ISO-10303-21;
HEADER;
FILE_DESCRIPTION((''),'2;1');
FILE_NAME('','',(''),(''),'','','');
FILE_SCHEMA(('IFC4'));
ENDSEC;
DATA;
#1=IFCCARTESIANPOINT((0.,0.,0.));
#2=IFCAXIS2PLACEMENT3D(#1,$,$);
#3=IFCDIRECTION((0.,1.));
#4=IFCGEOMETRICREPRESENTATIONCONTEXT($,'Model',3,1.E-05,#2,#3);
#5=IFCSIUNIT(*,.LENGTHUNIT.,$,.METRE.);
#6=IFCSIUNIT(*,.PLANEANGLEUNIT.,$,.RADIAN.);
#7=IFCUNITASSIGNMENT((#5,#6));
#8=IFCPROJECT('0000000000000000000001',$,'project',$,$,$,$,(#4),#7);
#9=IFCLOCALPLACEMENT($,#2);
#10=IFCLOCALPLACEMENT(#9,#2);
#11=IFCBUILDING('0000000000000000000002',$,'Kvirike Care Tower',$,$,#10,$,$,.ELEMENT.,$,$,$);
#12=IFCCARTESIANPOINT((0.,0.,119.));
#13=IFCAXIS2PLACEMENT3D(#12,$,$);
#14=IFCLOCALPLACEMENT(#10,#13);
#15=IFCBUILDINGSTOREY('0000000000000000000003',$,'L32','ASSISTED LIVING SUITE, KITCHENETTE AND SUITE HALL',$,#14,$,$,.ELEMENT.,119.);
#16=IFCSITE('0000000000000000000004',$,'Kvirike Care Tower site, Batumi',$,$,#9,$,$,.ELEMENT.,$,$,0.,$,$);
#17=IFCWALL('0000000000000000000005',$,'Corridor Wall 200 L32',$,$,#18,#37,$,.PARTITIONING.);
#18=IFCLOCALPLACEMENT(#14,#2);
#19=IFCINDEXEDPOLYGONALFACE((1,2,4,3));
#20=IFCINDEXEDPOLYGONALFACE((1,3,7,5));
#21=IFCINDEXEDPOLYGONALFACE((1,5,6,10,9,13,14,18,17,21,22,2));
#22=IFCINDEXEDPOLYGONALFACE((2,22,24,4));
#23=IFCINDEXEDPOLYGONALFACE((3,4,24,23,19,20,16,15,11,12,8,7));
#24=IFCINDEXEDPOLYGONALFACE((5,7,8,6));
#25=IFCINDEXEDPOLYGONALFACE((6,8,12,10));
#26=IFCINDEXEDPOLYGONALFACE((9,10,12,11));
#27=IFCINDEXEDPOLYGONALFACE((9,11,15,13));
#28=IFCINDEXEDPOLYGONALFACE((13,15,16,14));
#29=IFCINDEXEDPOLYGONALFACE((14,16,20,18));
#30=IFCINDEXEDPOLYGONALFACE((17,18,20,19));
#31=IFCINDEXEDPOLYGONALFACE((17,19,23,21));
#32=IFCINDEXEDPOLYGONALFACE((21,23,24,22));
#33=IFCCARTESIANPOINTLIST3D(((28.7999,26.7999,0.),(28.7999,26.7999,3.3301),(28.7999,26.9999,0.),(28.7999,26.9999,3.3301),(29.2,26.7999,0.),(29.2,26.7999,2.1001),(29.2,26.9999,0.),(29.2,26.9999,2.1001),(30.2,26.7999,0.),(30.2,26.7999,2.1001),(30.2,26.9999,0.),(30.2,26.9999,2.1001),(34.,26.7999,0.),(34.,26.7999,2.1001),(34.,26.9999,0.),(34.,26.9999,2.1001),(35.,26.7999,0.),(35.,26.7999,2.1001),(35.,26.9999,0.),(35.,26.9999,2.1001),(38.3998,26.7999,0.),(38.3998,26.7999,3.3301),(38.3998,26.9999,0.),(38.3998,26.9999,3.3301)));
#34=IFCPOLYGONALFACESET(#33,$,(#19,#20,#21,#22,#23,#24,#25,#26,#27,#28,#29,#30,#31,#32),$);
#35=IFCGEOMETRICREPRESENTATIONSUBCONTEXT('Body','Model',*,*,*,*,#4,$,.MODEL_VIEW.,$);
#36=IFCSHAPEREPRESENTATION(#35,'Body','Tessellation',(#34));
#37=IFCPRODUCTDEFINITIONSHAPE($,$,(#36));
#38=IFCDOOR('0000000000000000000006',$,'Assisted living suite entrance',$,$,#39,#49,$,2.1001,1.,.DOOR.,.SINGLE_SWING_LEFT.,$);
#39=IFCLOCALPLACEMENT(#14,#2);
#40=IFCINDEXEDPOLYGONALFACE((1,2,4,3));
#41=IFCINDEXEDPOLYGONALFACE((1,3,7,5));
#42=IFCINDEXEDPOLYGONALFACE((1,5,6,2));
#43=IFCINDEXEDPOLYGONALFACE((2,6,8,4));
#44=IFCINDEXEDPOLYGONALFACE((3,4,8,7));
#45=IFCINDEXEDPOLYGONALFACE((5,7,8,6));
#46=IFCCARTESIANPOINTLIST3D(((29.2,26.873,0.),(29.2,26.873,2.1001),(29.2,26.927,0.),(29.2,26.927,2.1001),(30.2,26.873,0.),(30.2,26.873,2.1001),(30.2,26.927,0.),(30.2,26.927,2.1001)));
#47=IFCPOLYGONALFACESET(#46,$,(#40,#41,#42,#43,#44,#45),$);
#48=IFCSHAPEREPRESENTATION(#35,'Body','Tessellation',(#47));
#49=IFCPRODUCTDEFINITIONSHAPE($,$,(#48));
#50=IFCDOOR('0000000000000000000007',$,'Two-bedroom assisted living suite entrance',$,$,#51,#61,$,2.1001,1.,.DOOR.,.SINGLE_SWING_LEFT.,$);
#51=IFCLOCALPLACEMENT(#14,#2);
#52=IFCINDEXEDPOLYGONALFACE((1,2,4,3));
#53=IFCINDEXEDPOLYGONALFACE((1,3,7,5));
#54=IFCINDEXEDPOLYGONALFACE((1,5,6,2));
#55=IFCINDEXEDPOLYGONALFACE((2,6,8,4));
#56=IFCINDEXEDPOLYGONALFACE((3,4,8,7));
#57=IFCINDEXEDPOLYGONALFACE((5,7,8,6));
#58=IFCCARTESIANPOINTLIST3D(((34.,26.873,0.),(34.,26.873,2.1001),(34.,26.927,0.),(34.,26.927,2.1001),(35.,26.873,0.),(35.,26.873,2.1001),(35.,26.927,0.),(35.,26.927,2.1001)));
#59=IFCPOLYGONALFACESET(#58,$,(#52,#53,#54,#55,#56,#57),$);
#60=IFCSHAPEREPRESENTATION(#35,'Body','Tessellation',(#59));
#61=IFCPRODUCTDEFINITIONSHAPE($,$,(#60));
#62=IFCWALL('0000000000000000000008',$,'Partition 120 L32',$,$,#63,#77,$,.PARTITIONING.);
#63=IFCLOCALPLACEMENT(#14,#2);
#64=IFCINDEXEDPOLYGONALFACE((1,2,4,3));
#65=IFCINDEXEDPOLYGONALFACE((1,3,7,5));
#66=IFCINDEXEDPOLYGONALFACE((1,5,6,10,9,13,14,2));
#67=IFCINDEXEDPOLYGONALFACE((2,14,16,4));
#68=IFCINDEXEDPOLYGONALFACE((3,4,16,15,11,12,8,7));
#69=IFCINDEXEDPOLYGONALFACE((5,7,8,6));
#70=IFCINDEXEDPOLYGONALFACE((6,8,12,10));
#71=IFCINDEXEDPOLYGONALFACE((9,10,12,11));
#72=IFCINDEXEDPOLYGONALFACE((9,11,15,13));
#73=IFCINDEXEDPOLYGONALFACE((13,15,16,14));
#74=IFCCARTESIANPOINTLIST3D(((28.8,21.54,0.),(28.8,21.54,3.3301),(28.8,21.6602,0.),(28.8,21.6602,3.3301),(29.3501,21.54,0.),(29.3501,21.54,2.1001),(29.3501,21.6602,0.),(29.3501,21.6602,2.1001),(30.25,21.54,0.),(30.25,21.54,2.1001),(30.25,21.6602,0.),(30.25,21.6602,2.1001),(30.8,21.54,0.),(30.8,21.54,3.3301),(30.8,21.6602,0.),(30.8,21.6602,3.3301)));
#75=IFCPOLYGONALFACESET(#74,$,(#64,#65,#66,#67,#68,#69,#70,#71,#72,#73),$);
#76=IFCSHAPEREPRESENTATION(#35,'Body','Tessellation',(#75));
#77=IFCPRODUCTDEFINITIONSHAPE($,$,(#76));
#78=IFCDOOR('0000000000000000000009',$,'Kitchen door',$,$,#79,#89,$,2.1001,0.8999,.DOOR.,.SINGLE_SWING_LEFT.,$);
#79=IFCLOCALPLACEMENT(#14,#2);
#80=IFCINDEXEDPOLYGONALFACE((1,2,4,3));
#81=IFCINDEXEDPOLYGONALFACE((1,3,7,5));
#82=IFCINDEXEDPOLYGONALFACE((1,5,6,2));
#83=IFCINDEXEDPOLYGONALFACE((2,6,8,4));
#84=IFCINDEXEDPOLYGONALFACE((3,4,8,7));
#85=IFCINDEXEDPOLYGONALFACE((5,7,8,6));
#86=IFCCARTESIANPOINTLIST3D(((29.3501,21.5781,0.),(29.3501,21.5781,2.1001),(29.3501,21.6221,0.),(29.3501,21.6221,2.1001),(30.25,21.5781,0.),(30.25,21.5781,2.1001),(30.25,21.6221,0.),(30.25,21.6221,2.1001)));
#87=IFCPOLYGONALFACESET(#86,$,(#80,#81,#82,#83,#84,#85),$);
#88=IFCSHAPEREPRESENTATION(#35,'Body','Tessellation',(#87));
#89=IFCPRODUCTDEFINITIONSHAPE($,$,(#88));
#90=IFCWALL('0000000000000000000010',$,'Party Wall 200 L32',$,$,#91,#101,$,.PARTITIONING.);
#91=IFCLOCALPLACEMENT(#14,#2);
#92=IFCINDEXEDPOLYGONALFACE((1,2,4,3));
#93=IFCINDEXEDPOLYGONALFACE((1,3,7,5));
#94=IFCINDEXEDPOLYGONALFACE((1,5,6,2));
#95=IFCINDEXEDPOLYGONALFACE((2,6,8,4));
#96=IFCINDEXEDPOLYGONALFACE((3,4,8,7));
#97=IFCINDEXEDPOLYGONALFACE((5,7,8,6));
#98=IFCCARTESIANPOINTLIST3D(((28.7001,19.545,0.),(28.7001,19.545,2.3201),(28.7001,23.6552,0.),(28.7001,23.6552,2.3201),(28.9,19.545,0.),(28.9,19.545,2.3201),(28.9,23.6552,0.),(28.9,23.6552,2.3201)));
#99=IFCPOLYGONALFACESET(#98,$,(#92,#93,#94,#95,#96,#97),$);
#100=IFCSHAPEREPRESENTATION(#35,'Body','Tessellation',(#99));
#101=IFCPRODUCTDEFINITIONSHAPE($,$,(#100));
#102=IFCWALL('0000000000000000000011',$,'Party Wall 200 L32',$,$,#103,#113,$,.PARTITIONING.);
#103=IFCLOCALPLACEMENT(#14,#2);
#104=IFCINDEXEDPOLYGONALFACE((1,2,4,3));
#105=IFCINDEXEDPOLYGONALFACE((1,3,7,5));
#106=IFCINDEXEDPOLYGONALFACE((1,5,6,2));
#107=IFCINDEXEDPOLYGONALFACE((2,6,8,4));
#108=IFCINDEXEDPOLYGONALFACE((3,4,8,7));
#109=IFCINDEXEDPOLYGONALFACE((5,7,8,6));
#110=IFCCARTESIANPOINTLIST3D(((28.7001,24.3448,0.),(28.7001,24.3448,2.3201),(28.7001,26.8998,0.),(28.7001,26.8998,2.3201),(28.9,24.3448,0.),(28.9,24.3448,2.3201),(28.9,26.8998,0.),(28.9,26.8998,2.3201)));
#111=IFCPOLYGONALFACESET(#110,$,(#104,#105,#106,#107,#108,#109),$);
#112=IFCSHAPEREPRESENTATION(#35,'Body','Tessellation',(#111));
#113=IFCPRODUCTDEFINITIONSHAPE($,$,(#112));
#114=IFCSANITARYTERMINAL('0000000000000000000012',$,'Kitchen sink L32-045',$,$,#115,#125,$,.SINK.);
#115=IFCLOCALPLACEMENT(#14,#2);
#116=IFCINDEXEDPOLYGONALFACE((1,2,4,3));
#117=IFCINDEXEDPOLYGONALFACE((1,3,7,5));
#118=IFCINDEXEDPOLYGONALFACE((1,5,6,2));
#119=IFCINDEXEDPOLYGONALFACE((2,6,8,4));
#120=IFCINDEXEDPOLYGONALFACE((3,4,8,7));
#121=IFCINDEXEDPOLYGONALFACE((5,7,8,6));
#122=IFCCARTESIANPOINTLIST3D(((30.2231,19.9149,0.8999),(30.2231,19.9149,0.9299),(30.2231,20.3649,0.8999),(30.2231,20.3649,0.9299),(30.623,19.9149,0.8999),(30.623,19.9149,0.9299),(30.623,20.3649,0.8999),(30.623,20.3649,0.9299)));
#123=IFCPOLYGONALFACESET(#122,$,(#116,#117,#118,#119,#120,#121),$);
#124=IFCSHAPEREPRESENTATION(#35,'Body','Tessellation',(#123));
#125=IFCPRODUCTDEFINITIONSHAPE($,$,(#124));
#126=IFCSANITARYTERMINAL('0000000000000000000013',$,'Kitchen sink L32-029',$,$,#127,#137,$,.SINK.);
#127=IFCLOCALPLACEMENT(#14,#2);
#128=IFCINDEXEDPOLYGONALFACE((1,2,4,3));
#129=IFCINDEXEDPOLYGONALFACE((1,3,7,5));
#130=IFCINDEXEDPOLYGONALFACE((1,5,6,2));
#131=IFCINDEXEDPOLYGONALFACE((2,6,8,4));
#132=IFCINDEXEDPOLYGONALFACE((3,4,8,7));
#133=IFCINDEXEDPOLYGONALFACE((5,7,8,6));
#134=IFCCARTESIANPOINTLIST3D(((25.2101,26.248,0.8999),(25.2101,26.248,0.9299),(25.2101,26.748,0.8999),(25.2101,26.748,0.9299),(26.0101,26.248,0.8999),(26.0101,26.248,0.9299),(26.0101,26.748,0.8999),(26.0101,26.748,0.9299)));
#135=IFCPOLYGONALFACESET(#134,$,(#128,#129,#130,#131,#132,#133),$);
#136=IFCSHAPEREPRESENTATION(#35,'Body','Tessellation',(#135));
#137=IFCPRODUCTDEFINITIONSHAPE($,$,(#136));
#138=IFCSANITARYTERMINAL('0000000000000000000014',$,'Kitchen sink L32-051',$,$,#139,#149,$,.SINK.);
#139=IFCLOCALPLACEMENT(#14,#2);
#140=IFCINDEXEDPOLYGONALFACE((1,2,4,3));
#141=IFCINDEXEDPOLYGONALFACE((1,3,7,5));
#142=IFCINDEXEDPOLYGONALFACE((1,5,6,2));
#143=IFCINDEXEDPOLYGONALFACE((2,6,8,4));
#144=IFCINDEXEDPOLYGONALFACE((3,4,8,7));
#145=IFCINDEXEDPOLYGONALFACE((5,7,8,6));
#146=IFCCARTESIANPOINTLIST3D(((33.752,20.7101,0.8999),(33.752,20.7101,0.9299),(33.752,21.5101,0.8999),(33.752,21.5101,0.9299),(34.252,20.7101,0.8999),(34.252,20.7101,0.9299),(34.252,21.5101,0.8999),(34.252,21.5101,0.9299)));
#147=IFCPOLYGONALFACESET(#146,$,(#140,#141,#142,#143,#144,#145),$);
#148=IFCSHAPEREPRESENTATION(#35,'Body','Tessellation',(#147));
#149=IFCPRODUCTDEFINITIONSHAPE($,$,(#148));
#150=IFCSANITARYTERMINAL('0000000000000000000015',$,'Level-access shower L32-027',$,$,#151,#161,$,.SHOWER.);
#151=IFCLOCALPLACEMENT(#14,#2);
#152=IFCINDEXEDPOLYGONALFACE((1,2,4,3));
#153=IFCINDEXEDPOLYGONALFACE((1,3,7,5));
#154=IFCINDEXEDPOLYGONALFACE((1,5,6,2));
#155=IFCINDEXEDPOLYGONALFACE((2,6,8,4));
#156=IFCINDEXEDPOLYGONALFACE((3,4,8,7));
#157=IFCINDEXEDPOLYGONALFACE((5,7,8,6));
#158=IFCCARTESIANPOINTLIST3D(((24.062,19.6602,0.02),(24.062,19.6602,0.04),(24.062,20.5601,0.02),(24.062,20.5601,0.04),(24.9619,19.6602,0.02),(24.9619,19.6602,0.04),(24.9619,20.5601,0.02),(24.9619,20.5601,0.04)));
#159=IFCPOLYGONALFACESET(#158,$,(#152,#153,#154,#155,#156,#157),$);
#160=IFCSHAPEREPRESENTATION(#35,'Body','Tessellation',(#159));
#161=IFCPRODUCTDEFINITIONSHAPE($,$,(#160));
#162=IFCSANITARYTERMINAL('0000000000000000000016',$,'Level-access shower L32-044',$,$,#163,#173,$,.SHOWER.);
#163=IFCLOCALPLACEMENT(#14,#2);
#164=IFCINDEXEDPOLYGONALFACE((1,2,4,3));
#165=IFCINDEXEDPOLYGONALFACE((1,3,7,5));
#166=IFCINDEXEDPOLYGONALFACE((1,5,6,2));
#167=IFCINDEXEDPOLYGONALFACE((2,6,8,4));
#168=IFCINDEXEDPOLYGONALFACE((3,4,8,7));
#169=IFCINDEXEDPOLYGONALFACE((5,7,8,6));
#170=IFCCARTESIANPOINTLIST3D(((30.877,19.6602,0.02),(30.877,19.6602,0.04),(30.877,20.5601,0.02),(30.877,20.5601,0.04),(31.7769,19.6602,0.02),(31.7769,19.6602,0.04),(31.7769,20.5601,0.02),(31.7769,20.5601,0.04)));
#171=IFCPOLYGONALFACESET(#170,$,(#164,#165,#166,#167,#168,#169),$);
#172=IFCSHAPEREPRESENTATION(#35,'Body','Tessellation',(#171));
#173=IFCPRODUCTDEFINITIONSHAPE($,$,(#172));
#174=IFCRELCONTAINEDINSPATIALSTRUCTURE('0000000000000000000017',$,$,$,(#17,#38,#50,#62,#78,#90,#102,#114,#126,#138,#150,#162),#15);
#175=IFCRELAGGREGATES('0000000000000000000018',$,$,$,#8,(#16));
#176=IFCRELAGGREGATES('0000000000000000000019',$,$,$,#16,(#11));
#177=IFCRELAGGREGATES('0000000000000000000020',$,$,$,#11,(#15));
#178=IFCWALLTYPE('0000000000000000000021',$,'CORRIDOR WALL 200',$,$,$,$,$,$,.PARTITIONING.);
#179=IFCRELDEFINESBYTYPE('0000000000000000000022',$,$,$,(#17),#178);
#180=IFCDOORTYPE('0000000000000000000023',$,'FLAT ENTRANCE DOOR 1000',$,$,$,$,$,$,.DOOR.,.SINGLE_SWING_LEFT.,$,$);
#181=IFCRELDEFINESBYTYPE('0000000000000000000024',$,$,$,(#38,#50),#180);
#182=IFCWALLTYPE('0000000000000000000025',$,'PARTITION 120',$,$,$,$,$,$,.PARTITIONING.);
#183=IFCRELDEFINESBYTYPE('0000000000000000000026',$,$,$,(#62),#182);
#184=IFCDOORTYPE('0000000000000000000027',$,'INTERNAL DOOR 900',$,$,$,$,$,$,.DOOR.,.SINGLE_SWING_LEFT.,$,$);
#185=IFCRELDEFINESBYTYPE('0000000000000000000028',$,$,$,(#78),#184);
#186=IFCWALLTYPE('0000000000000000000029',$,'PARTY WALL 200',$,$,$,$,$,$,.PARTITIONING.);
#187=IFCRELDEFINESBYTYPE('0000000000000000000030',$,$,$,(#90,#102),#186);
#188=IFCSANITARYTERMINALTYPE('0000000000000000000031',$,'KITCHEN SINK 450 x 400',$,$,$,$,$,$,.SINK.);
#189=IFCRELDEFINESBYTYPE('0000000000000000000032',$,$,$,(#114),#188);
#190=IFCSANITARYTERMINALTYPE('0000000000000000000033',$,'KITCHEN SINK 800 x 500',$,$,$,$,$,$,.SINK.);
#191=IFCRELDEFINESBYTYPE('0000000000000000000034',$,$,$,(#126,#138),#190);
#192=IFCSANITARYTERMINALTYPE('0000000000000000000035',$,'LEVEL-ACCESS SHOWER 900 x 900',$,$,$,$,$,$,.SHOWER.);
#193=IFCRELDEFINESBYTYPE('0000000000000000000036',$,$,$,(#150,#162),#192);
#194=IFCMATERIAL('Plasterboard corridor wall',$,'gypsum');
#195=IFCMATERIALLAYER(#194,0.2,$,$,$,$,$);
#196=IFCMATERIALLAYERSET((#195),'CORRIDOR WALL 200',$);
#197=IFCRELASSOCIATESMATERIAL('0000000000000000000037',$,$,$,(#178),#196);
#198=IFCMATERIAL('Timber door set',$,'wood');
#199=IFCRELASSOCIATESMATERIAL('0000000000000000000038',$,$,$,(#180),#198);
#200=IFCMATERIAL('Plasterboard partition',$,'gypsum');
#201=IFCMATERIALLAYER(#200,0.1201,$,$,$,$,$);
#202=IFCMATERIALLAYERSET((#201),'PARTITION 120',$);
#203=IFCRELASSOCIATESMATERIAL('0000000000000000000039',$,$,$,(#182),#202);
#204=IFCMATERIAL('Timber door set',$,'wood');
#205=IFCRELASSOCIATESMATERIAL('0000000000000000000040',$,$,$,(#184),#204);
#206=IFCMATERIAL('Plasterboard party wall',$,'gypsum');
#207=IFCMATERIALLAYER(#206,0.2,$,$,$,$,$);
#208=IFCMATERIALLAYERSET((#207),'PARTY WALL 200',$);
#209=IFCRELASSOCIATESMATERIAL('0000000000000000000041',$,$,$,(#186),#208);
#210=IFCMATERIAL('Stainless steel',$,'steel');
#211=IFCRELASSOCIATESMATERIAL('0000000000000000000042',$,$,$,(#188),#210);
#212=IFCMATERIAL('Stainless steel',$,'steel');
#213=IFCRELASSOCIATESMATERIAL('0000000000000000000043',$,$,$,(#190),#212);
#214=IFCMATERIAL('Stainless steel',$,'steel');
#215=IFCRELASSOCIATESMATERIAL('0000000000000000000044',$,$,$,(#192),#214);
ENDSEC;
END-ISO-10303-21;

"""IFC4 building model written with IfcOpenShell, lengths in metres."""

from ifc_helpers import new_model, si_unit, direction, frame, frame_2d, origin, origin_2d, place, context, subcontext, project, spatial, rectangle, extrude, material, layer, layer_set, type_object, element, fill, save


model = new_model("IFC4")

# Units and contexts
model_context = context("Model", 3, precision=1e-05, world=origin(), true_north=direction((0.0, 1.0)))
body_context = subcontext(model_context, "Body", "Model", "MODEL_VIEW")
ifc_project = project(units=[si_unit("LENGTHUNIT", "METRE"), si_unit("PLANEANGLEUNIT", "RADIAN")], contexts=[model_context])

# Site, building, storey
site_placement = place(None, origin())
site = spatial("IfcSite", under=ifc_project, at=site_placement, Name="Kvirike Care Tower site, Batumi", CompositionType="ELEMENT", RefElevation=0.0)
building_placement = place(site_placement, origin())
building = spatial("IfcBuilding", under=site, at=building_placement, Name="Kvirike Care Tower", CompositionType="ELEMENT")
storey_placement = place(building_placement, frame((0.0, 0.0, 119.0)))
storey = spatial("IfcBuildingStorey", under=building, at=storey_placement, Name="L32", Description="ASSISTED LIVING SUITE, KITCHENETTE AND SUITE HALL", CompositionType="ELEMENT", Elevation=119.0)

# Wall, openings, doors
ifc_material_1 = material(Name="Plasterboard corridor wall", Category="gypsum")
ifc_layer_1 = layer(ifc_material_1, 0.2)
ifc_layer_set_1 = layer_set([ifc_layer_1], Name="CORRIDOR WALL 200")
wall_type_1 = type_object("IfcWallType", Name="CORRIDOR WALL 200", PredefinedType="PARTITIONING", material=ifc_layer_set_1)
wall_1_placement = place(storey_placement, frame((28.8, 26.8999, 0.0), z_axis=(0.0, 0.0, 1.0), x_axis=(1.0, 0.0, 0.0)))
wall_1 = element("IfcWall", 1, at=wall_1_placement, inside=storey, type_object=wall_type_1, Name="Corridor Wall 200 L32", PredefinedType="PARTITIONING", context=body_context, shape_type="SweptSolid", body=[
    extrude(rectangle(XDim=9.5999, YDim=0.2, at=frame_2d((4.7998, 0.0))), origin(), (0.0, 0.0, 1.0), 3.3301),
])
opening_1_placement = place(wall_1_placement, frame((0.3999, 0.0, 0.0)))
opening_1 = element("IfcOpeningElement", 2, at=opening_1_placement, cuts=wall_1, PredefinedType="OPENING", context=body_context, shape_type="SweptSolid", body=[
    extrude(rectangle(XDim=1.0, YDim=2.1001, at=frame_2d((0.5, 1.05))), frame((0.0, 0.1106, 0.0), z_axis=(0.0, -1.0, 0.0), x_axis=(1.0, 0.0, 0.0)), (0.0, 0.0, 1.0), 0.2209),
])
opening_2_placement = place(wall_1_placement, frame((5.2, 0.0, 0.0)))
opening_2 = element("IfcOpeningElement", 3, at=opening_2_placement, cuts=wall_1, PredefinedType="OPENING", context=body_context, shape_type="SweptSolid", body=[
    extrude(rectangle(XDim=1.0, YDim=2.1001, at=frame_2d((0.5, 1.05))), frame((0.0, 0.1106, 0.0), z_axis=(0.0, -1.0, 0.0), x_axis=(1.0, 0.0, 0.0)), (0.0, 0.0, 1.0), 0.2209),
])
ifc_material_2 = material(Name="Timber door set", Category="wood")
door_type_1 = type_object("IfcDoorType", Name="FLAT ENTRANCE DOOR 1000", OperationType="SINGLE_SWING_LEFT", PredefinedType="DOOR", material=ifc_material_2)
door_1_placement = place(opening_1_placement, frame((1.0, 0.0, 0.0), z_axis=(0.0, 0.0, 1.0), x_axis=(-1.0, 0.0, 0.0)))
door_1 = element("IfcDoor", 4, at=door_1_placement, inside=storey, type_object=door_type_1, Name="Assisted living suite entrance", OperationType="SINGLE_SWING_LEFT", OverallHeight=2.1001, OverallWidth=1.0, PredefinedType="DOOR", context=body_context, shape_type="SweptSolid", body=[
    extrude(rectangle(XDim=1.0, YDim=2.1001, at=frame_2d((0.5, 1.05))), frame((0.0, 0.0269, 0.0), z_axis=(0.0, -1.0, 0.0), x_axis=(1.0, 0.0, 0.0)), (0.0, 0.0, 1.0), 0.054),
])
fill(opening_1, door_1)
door_2_placement = place(opening_2_placement, frame((1.0, 0.0, 0.0), z_axis=(0.0, 0.0, 1.0), x_axis=(-1.0, 0.0, 0.0)))
door_2 = element("IfcDoor", 5, at=door_2_placement, inside=storey, type_object=door_type_1, Name="Two-bedroom assisted living suite entrance", OperationType="SINGLE_SWING_LEFT", OverallHeight=2.1001, OverallWidth=1.0, PredefinedType="DOOR", context=body_context, shape_type="SweptSolid", body=[
    extrude(rectangle(XDim=1.0, YDim=2.1001, at=frame_2d((0.5, 1.05))), frame((0.0, 0.0269, 0.0), z_axis=(0.0, -1.0, 0.0), x_axis=(1.0, 0.0, 0.0)), (0.0, 0.0, 1.0), 0.054),
])
fill(opening_2, door_2)

# Wall, opening, door
ifc_material_3 = material(Name="Plasterboard partition", Category="gypsum")
ifc_layer_2 = layer(ifc_material_3, 0.1201)
ifc_layer_set_2 = layer_set([ifc_layer_2], Name="PARTITION 120")
wall_type_2 = type_object("IfcWallType", Name="PARTITION 120", PredefinedType="PARTITIONING", material=ifc_layer_set_2)
wall_2_placement = place(storey_placement, frame((28.8, 21.6001, 0.0), z_axis=(0.0, 0.0, 1.0), x_axis=(1.0, 0.0, 0.0)))
wall_2 = element("IfcWall", 6, at=wall_2_placement, inside=storey, type_object=wall_type_2, Name="Partition 120 L32", PredefinedType="PARTITIONING", context=body_context, shape_type="SweptSolid", body=[
    extrude(rectangle(XDim=2.0, YDim=0.1201, at=frame_2d((1.0, 0.0))), origin(), (0.0, 0.0, 1.0), 3.3301),
])
opening_3_placement = place(wall_2_placement, frame((0.55, 0.0, 0.0)))
opening_3 = element("IfcOpeningElement", 7, at=opening_3_placement, cuts=wall_2, PredefinedType="OPENING", context=body_context, shape_type="SweptSolid", body=[
    extrude(rectangle(XDim=0.8999, YDim=2.1001, at=frame_2d((0.45, 1.05))), frame((0.0, 0.0706, 0.0), z_axis=(0.0, -1.0, 0.0), x_axis=(1.0, 0.0, 0.0)), (0.0, 0.0, 1.0), 0.1411),
])
ifc_material_4 = material(Name="Timber door set", Category="wood")
door_type_2 = type_object("IfcDoorType", Name="INTERNAL DOOR 900", OperationType="SINGLE_SWING_LEFT", PredefinedType="DOOR", material=ifc_material_4)
door_3_placement = place(opening_3_placement, frame((0.8999, 0.0, 0.0), z_axis=(0.0, 0.0, 1.0), x_axis=(-1.0, 0.0, 0.0)))
door_3 = element("IfcDoor", 8, at=door_3_placement, inside=storey, type_object=door_type_2, Name="Kitchen door", OperationType="SINGLE_SWING_LEFT", OverallHeight=2.1001, OverallWidth=0.8999, PredefinedType="DOOR", context=body_context, shape_type="SweptSolid", body=[
    extrude(rectangle(XDim=0.8999, YDim=2.1001, at=frame_2d((0.45, 1.05))), frame((0.0, 0.022, 0.0), z_axis=(0.0, -1.0, 0.0), x_axis=(1.0, 0.0, 0.0)), (0.0, 0.0, 1.0), 0.0439),
])
fill(opening_3, door_3)

# Walls
ifc_material_5 = material(Name="Plasterboard party wall", Category="gypsum")
ifc_layer_3 = layer(ifc_material_5, 0.2)
ifc_layer_set_3 = layer_set([ifc_layer_3], Name="PARTY WALL 200")
wall_type_3 = type_object("IfcWallType", Name="PARTY WALL 200", PredefinedType="PARTITIONING", material=ifc_layer_set_3)
wall_3_placement = place(storey_placement, frame((28.8, 19.5449, 0.0), z_axis=(0.0, 0.0, 1.0), x_axis=(0.0, 1.0, 0.0)))
element("IfcWall", 9, at=wall_3_placement, inside=storey, type_object=wall_type_3, Name="Party Wall 200 L32", PredefinedType="PARTITIONING", context=body_context, shape_type="SweptSolid", body=[
    extrude(rectangle(XDim=4.1101, YDim=0.2, at=frame_2d((2.0552, 0.0))), origin(), (0.0, 0.0, 1.0), 2.3201),
])
wall_4_placement = place(storey_placement, frame((28.8, 24.345, 0.0), z_axis=(0.0, 0.0, 1.0), x_axis=(0.0, 1.0, 0.0)))
element("IfcWall", 10, at=wall_4_placement, inside=storey, type_object=wall_type_3, Name="Party Wall 200 L32", PredefinedType="PARTITIONING", context=body_context, shape_type="SweptSolid", body=[
    extrude(rectangle(XDim=2.5549, YDim=0.2, at=frame_2d((1.2773, 0.0))), origin(), (0.0, 0.0, 1.0), 2.3201),
])

# Sanitary terminals
ifc_material_6 = material(Name="Stainless steel", Category="steel")
sanitary_terminal_type_1 = type_object("IfcSanitaryTerminalType", Name="KITCHEN SINK 450 x 400", PredefinedType="SINK", material=ifc_material_6)
sanitary_terminal_placement = place(storey_placement, frame((30.4231, 20.1399, 0.8999), z_axis=(0.0, 0.0, 1.0), x_axis=(0.0, -1.0, 0.0)))
element("IfcSanitaryTerminal", 11, at=sanitary_terminal_placement, inside=storey, type_object=sanitary_terminal_type_1, Name="Kitchen sink L32-045", PredefinedType="SINK", context=body_context, shape_type="SweptSolid", body=[
    extrude(rectangle(XDim=0.45, YDim=0.3999, at=origin_2d()), origin(), (0.0, 0.0, 1.0), 0.03),
])
ifc_material_7 = material(Name="Stainless steel", Category="steel")
sanitary_terminal_type_2 = type_object("IfcSanitaryTerminalType", Name="KITCHEN SINK 800 x 500", PredefinedType="SINK", material=ifc_material_7)
for number, where, z_axis, x_axis, name in (
    (12, (25.6101, 26.498, 0.8999), (0.0, 0.0, 1.0), (1.0, 0.0, 0.0), "Kitchen sink L32-029"),
    (13, (34.002, 21.1101, 0.8999), (0.0, 0.0, 1.0), (0.0, 1.0, 0.0), "Kitchen sink L32-051"),
):
    element("IfcSanitaryTerminal", number, at=place(storey_placement, frame(where, z_axis=z_axis, x_axis=x_axis)), inside=storey, type_object=sanitary_terminal_type_2, Name=name, PredefinedType="SINK", context=body_context, shape_type="SweptSolid", body=[
        extrude(rectangle(XDim=0.8, YDim=0.5, at=origin_2d()), origin(), (0.0, 0.0, 1.0), 0.03),
    ])
ifc_material_8 = material(Name="Stainless steel", Category="steel")
sanitary_terminal_type_3 = type_object("IfcSanitaryTerminalType", Name="LEVEL-ACCESS SHOWER 900 x 900", PredefinedType="SHOWER", material=ifc_material_8)
for number, where, z_axis, x_axis, name in (
    (14, (24.512, 20.1101, 0.02), (0.0, 0.0, 1.0), (0.0, 1.0, 0.0), "Level-access shower L32-027"),
    (15, (31.3269, 20.1101, 0.02), (0.0, 0.0, 1.0), (0.0, 1.0, 0.0), "Level-access shower L32-044"),
):
    element("IfcSanitaryTerminal", number, at=place(storey_placement, frame(where, z_axis=z_axis, x_axis=x_axis)), inside=storey, type_object=sanitary_terminal_type_3, Name=name, PredefinedType="SHOWER", context=body_context, shape_type="SweptSolid", body=[
        extrude(rectangle(XDim=0.8999, YDim=0.8999, at=origin_2d()), origin(), (0.0, 0.0, 1.0), 0.02),
    ])

save(model, "model.ifc")
